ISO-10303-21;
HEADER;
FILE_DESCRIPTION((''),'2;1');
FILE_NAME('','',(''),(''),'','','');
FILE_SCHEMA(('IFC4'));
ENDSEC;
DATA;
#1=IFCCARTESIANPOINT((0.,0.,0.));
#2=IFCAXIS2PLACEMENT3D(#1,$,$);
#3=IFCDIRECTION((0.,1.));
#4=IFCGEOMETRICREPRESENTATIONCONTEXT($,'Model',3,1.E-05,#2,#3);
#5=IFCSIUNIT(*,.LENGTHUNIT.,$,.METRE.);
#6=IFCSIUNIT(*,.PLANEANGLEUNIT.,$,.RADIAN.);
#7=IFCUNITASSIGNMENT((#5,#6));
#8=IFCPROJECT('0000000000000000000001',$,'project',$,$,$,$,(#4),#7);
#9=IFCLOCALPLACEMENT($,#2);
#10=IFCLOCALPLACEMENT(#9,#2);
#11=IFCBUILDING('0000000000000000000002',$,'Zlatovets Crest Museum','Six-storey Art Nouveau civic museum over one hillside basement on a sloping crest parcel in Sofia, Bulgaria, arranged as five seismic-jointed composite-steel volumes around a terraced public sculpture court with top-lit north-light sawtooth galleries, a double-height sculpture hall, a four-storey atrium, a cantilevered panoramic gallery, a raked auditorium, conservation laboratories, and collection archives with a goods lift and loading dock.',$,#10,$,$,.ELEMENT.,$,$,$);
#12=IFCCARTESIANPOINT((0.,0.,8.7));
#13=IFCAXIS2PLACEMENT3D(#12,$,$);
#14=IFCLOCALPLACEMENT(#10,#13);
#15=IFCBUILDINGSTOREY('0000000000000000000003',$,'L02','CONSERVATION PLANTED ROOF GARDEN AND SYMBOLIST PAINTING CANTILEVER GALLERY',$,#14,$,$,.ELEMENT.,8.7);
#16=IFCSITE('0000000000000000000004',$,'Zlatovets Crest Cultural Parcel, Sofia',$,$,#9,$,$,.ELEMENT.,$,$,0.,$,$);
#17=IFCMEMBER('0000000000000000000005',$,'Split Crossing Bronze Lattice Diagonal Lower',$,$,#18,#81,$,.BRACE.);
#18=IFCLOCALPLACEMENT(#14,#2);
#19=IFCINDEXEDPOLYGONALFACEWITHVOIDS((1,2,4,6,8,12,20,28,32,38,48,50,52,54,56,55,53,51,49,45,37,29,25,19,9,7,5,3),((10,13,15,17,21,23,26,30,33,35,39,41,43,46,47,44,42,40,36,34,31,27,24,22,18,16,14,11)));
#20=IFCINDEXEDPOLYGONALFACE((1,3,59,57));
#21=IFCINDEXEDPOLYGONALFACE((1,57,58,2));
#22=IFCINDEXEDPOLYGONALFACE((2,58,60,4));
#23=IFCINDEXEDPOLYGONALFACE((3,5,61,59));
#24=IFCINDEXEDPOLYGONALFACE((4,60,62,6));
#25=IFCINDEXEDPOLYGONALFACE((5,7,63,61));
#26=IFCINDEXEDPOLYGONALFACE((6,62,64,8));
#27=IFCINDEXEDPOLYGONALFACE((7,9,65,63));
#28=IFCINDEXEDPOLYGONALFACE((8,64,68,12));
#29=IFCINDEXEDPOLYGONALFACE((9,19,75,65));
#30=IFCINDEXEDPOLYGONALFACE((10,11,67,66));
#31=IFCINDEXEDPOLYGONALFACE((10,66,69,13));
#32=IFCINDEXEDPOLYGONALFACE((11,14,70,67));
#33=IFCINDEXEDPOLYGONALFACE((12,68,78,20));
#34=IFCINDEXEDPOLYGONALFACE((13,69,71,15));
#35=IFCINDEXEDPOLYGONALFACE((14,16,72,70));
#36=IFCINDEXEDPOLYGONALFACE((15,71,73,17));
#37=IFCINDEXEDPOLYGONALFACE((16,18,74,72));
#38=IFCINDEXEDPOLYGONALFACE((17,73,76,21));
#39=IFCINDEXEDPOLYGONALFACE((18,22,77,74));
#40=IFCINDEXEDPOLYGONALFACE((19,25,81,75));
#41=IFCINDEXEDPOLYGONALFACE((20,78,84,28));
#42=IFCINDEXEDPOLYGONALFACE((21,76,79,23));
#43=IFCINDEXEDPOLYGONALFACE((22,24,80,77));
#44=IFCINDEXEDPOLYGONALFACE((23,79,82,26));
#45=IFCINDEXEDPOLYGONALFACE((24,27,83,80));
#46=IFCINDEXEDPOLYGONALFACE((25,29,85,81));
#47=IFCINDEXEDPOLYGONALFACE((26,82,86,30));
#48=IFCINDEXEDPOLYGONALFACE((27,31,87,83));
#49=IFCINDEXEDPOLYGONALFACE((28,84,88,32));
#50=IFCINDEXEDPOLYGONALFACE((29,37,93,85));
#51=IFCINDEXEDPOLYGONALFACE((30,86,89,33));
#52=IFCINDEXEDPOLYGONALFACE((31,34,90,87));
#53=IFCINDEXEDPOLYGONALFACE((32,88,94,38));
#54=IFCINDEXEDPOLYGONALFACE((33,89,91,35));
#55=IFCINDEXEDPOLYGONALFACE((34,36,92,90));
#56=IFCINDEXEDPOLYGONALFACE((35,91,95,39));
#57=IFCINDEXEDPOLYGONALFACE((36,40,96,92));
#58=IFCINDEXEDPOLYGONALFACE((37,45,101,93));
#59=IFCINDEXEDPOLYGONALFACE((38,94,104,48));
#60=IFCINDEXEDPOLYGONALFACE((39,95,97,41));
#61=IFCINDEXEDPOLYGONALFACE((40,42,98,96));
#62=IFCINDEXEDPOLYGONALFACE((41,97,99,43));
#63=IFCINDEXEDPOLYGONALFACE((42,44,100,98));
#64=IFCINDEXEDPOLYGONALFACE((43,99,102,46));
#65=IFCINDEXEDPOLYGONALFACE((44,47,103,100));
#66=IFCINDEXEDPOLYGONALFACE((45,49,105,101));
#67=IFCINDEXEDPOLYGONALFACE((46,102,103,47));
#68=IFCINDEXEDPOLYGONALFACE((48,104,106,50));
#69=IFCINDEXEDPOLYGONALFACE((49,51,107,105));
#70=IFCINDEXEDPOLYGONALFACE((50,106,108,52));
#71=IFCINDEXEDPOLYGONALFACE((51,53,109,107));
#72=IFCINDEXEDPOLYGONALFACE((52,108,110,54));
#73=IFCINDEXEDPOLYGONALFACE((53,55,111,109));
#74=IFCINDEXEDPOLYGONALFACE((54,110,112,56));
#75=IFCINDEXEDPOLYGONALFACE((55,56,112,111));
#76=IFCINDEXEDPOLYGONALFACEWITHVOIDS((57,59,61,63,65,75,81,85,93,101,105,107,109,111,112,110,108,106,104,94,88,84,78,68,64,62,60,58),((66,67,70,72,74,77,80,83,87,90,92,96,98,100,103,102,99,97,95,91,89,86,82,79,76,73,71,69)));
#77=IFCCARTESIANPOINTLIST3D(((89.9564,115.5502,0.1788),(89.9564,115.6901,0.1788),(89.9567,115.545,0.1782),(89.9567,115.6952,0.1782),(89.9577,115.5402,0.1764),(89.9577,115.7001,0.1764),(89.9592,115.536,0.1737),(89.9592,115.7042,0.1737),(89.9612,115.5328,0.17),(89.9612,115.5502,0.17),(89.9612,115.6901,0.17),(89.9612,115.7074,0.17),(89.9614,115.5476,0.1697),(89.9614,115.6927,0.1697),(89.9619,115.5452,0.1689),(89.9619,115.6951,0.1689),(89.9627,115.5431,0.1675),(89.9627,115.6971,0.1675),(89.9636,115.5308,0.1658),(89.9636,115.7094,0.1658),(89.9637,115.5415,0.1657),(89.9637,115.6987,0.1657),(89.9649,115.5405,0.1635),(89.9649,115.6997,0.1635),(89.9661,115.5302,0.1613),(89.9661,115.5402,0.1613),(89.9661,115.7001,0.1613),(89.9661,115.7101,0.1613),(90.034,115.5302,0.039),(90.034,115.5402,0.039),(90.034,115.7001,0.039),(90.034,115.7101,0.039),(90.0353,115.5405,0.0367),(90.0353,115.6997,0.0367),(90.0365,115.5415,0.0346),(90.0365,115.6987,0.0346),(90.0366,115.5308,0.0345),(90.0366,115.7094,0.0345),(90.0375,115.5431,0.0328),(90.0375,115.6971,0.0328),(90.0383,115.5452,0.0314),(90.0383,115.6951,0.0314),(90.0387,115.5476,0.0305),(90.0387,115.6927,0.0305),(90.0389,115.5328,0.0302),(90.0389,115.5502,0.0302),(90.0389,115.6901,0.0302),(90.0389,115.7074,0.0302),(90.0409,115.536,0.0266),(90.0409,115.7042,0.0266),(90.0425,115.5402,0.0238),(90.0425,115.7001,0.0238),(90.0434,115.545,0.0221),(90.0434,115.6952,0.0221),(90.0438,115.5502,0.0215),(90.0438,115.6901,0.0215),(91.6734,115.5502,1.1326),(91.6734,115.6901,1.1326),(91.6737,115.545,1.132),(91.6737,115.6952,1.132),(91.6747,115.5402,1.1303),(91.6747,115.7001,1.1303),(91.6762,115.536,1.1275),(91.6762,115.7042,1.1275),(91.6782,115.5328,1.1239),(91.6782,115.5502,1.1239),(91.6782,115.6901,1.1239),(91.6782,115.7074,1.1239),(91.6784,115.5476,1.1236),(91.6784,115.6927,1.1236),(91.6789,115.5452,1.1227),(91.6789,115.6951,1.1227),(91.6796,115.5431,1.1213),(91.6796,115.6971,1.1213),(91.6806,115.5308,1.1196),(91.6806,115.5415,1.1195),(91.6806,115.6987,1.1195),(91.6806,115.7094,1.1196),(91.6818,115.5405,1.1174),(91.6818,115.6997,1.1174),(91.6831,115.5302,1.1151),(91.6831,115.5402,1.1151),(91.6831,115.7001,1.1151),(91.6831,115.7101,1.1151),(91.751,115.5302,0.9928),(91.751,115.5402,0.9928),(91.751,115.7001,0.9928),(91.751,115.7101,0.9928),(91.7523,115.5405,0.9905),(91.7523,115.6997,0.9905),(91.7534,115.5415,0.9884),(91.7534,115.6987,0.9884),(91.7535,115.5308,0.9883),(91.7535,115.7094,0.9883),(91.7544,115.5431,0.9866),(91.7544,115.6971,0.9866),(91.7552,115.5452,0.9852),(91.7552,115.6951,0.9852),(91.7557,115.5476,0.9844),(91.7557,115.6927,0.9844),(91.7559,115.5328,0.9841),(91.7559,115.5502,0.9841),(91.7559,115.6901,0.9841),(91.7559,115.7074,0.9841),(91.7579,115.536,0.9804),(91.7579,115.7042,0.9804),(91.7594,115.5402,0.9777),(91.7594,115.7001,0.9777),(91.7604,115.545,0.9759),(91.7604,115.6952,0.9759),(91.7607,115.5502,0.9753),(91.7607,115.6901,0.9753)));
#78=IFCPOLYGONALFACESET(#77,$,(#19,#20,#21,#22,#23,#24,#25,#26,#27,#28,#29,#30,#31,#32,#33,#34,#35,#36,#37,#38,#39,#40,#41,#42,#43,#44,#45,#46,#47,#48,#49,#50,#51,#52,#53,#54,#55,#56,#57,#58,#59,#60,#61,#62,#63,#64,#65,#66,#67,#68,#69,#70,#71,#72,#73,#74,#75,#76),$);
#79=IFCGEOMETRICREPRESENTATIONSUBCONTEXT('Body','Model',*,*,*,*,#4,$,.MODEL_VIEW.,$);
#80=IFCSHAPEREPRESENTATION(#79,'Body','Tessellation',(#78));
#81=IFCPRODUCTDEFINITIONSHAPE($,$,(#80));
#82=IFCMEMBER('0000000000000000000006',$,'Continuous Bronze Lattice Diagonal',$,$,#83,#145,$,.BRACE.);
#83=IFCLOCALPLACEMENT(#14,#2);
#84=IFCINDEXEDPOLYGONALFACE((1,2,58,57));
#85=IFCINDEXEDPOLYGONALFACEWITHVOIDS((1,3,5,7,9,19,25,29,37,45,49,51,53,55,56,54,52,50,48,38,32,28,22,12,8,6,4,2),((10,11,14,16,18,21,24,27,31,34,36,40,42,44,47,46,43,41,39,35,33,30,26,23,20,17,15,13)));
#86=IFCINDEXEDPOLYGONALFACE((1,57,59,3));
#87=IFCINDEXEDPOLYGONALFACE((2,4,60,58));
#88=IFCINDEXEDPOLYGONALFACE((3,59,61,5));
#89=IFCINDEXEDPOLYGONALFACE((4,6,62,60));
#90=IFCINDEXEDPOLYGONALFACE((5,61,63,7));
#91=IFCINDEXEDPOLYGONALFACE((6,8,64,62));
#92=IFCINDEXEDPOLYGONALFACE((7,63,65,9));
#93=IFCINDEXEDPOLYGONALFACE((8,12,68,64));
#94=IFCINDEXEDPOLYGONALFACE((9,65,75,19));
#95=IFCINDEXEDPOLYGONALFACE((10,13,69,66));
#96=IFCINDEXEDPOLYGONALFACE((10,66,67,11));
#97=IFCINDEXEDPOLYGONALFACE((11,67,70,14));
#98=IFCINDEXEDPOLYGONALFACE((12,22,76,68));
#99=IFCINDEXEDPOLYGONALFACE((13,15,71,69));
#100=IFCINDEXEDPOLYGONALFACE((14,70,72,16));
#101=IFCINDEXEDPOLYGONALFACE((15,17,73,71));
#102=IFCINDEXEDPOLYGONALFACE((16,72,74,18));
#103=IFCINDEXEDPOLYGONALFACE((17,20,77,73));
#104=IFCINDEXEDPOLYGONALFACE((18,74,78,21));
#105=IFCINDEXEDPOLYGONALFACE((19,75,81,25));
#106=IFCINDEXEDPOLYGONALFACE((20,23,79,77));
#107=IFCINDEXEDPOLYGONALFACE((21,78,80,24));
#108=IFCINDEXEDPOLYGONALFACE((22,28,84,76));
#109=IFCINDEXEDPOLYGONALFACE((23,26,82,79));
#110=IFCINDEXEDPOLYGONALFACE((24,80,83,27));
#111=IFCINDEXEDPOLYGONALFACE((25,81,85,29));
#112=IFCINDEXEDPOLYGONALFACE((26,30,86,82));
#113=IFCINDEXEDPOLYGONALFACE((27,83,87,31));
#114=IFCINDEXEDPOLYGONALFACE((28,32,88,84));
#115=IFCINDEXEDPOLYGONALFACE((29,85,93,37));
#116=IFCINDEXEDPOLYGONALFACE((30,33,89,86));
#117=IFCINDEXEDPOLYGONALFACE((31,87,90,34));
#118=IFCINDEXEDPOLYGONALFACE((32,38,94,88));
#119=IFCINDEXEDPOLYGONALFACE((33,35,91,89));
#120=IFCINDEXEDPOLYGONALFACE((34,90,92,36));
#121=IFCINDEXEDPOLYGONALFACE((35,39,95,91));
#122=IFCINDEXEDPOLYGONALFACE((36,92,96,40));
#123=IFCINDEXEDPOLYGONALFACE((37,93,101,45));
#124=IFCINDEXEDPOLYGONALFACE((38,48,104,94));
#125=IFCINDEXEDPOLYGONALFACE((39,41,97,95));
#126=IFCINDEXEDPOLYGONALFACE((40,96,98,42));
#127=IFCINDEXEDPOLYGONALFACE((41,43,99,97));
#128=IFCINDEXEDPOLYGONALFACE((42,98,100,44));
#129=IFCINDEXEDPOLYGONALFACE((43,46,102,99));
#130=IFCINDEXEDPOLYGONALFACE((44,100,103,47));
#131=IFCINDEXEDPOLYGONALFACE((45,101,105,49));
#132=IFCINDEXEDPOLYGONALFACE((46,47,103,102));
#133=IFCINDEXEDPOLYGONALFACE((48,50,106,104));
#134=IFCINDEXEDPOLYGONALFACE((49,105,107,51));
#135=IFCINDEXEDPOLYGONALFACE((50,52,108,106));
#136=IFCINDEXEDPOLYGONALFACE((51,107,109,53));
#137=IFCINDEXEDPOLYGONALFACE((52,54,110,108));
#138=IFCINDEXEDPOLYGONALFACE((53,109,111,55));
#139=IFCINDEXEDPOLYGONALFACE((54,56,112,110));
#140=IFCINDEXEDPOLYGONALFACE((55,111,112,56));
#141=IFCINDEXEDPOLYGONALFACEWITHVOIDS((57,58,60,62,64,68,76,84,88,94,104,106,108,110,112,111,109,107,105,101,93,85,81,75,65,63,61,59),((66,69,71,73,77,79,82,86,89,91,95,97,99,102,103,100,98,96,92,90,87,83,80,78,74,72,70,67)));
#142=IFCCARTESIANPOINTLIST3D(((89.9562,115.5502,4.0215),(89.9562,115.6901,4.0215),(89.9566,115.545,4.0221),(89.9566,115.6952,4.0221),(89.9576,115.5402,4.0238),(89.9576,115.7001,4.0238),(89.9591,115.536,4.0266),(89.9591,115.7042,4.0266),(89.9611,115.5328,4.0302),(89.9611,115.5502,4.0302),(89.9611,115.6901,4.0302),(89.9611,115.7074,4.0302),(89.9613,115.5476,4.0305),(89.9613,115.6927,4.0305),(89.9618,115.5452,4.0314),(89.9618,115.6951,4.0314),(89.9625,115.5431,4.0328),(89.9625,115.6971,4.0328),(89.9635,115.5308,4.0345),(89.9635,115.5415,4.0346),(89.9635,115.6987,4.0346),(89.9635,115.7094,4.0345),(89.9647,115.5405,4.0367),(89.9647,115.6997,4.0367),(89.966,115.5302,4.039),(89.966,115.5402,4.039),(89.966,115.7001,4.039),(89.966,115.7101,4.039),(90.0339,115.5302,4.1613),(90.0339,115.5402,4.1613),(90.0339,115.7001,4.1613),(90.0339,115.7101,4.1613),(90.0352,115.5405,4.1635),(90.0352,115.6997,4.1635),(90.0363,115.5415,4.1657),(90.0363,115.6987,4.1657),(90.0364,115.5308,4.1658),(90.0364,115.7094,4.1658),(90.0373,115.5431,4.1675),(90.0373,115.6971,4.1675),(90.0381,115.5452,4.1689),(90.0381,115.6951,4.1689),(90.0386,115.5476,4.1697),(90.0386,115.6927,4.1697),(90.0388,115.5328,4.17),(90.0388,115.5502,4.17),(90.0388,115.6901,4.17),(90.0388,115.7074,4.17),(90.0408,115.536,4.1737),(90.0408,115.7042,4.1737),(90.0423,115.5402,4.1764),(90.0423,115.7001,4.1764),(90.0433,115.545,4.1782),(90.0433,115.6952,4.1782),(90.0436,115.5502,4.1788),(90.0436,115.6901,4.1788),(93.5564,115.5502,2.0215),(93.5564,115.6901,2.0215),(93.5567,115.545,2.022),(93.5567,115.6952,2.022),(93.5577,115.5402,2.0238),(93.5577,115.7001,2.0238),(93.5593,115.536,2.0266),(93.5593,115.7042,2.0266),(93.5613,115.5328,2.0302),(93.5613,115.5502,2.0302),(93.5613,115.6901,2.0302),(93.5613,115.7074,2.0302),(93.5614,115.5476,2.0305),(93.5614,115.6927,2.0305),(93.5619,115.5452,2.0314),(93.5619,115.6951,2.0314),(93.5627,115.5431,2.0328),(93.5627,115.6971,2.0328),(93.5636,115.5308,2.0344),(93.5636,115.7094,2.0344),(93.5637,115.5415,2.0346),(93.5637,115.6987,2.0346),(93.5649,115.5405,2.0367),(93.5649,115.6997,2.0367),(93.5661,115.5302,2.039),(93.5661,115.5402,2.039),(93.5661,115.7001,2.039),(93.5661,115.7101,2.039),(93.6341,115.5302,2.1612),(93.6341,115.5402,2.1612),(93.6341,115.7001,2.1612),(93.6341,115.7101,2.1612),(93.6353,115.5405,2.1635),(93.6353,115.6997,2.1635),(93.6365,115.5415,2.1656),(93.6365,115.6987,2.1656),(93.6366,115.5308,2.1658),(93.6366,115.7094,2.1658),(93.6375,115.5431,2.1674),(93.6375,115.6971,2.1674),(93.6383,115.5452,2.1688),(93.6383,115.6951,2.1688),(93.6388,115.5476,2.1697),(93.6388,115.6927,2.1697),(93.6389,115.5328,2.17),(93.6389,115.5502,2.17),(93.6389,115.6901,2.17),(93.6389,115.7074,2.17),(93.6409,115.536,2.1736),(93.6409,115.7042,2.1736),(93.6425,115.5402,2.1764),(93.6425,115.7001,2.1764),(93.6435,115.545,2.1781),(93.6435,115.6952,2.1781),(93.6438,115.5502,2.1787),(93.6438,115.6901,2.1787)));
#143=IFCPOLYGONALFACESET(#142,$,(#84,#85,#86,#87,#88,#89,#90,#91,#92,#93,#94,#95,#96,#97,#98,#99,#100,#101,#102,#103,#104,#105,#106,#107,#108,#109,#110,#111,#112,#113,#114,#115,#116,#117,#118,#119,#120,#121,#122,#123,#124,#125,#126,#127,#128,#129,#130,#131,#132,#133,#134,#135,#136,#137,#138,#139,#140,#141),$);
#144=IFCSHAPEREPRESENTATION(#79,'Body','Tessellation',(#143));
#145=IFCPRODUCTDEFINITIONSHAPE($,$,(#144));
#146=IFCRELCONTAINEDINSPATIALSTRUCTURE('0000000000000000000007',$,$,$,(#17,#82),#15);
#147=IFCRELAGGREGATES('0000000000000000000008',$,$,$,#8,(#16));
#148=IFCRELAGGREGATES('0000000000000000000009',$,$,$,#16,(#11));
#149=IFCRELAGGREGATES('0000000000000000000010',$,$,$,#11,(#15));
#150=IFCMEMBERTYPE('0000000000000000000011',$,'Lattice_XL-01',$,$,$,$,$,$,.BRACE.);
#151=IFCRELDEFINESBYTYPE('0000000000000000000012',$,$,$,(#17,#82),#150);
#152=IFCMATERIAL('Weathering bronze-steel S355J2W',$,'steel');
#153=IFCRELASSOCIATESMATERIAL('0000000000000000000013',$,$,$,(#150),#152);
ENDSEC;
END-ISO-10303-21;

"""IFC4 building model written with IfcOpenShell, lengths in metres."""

from ifc_helpers import new_model, si_unit, direction, frame, origin, origin_2d, place, context, subcontext, project, spatial, hollow_rectangle, extrude, material, material_profile, profile_set, type_object, element, save


model = new_model("IFC4")

# Units and contexts
model_context = context("Model", 3, precision=1e-05, world=origin(), true_north=direction((0.0, 1.0)))
body_context = subcontext(model_context, "Body", "Model", "MODEL_VIEW")
ifc_project = project(units=[si_unit("LENGTHUNIT", "METRE"), si_unit("PLANEANGLEUNIT", "RADIAN")], contexts=[model_context])

# Site, building, storey
site_placement = place(None, origin())
site = spatial("IfcSite", under=ifc_project, at=site_placement, Name="Zlatovets Crest Cultural Parcel, Sofia", CompositionType="ELEMENT", RefElevation=0.0)
building_placement = place(site_placement, origin())
building = spatial("IfcBuilding", under=site, at=building_placement, Name="Zlatovets Crest Museum", Description="Six-storey Art Nouveau civic museum over one hillside basement on a sloping crest parcel in Sofia, Bulgaria, arranged as five seismic-jointed composite-steel volumes around a terraced public sculpture court with top-lit north-light sawtooth galleries, a double-height sculpture hall, a four-storey atrium, a cantilevered panoramic gallery, a raked auditorium, conservation laboratories, and collection archives with a goods lift and loading dock.", CompositionType="ELEMENT")
storey_placement = place(building_placement, frame((0.0, 0.0, 8.7)))
storey = spatial("IfcBuildingStorey", under=building, at=storey_placement, Name="L02", Description="CONSERVATION PLANTED ROOF GARDEN AND SYMBOLIST PAINTING CANTILEVER GALLERY", CompositionType="ELEMENT", Elevation=8.7)

# Members
ifc_material_1 = material(Name="Weathering bronze-steel S355J2W", Category="steel")
ifc_material_profile_1 = material_profile(ifc_material_1, hollow_rectangle(XDim=0.1799, YDim=0.1799, WallThickness=0.01, InnerFilletRadius=0.01, OuterFilletRadius=0.02, at=origin_2d()), Name="SHS 180x180x10.0")
ifc_profile_set_1 = profile_set([ifc_material_profile_1], Name="Weathering bronze-steel S355J2W")
member_type_1 = type_object("IfcMemberType", Name="Lattice_XL-01", PredefinedType="BRACE", material=ifc_profile_set_1)
for number, where, z_axis, x_axis, name in (
    (1, (91.717, 115.6201, 1.054), (-0.874169, 0.0, -0.485622), (0.0, -1.0, 0.0), "Split Crossing Bronze Lattice Diagonal Lower"),
):
    element("IfcMember", number, at=place(storey_placement, frame(where, z_axis=z_axis, x_axis=x_axis)), inside=storey, type_object=member_type_1, Name=name, PredefinedType="BRACE", context=body_context, shape_type="SweptSolid", body=[
        extrude(hollow_rectangle(XDim=0.1799, YDim=0.1799, WallThickness=0.01, InnerFilletRadius=0.01, OuterFilletRadius=0.02, at=origin_2d()), origin(), (0.0, 0.0, 1.0), 1.9641),
    ])
member_1_placement = place(storey_placement, frame((93.6001, 115.6201, 2.1001), z_axis=(-0.874163, 0.0, 0.485633), x_axis=(0.0, -1.0, 0.0)))
element("IfcMember", 2, at=member_1_placement, inside=storey, type_object=member_type_1, Name="Continuous Bronze Lattice Diagonal", PredefinedType="BRACE", context=body_context, shape_type="SweptSolid", body=[
    extrude(hollow_rectangle(XDim=0.1799, YDim=0.1799, WallThickness=0.01, InnerFilletRadius=0.01, OuterFilletRadius=0.02, at=origin_2d()), origin(), (0.0, 0.0, 1.0), 4.1184),
])

save(model, "model.ifc")
